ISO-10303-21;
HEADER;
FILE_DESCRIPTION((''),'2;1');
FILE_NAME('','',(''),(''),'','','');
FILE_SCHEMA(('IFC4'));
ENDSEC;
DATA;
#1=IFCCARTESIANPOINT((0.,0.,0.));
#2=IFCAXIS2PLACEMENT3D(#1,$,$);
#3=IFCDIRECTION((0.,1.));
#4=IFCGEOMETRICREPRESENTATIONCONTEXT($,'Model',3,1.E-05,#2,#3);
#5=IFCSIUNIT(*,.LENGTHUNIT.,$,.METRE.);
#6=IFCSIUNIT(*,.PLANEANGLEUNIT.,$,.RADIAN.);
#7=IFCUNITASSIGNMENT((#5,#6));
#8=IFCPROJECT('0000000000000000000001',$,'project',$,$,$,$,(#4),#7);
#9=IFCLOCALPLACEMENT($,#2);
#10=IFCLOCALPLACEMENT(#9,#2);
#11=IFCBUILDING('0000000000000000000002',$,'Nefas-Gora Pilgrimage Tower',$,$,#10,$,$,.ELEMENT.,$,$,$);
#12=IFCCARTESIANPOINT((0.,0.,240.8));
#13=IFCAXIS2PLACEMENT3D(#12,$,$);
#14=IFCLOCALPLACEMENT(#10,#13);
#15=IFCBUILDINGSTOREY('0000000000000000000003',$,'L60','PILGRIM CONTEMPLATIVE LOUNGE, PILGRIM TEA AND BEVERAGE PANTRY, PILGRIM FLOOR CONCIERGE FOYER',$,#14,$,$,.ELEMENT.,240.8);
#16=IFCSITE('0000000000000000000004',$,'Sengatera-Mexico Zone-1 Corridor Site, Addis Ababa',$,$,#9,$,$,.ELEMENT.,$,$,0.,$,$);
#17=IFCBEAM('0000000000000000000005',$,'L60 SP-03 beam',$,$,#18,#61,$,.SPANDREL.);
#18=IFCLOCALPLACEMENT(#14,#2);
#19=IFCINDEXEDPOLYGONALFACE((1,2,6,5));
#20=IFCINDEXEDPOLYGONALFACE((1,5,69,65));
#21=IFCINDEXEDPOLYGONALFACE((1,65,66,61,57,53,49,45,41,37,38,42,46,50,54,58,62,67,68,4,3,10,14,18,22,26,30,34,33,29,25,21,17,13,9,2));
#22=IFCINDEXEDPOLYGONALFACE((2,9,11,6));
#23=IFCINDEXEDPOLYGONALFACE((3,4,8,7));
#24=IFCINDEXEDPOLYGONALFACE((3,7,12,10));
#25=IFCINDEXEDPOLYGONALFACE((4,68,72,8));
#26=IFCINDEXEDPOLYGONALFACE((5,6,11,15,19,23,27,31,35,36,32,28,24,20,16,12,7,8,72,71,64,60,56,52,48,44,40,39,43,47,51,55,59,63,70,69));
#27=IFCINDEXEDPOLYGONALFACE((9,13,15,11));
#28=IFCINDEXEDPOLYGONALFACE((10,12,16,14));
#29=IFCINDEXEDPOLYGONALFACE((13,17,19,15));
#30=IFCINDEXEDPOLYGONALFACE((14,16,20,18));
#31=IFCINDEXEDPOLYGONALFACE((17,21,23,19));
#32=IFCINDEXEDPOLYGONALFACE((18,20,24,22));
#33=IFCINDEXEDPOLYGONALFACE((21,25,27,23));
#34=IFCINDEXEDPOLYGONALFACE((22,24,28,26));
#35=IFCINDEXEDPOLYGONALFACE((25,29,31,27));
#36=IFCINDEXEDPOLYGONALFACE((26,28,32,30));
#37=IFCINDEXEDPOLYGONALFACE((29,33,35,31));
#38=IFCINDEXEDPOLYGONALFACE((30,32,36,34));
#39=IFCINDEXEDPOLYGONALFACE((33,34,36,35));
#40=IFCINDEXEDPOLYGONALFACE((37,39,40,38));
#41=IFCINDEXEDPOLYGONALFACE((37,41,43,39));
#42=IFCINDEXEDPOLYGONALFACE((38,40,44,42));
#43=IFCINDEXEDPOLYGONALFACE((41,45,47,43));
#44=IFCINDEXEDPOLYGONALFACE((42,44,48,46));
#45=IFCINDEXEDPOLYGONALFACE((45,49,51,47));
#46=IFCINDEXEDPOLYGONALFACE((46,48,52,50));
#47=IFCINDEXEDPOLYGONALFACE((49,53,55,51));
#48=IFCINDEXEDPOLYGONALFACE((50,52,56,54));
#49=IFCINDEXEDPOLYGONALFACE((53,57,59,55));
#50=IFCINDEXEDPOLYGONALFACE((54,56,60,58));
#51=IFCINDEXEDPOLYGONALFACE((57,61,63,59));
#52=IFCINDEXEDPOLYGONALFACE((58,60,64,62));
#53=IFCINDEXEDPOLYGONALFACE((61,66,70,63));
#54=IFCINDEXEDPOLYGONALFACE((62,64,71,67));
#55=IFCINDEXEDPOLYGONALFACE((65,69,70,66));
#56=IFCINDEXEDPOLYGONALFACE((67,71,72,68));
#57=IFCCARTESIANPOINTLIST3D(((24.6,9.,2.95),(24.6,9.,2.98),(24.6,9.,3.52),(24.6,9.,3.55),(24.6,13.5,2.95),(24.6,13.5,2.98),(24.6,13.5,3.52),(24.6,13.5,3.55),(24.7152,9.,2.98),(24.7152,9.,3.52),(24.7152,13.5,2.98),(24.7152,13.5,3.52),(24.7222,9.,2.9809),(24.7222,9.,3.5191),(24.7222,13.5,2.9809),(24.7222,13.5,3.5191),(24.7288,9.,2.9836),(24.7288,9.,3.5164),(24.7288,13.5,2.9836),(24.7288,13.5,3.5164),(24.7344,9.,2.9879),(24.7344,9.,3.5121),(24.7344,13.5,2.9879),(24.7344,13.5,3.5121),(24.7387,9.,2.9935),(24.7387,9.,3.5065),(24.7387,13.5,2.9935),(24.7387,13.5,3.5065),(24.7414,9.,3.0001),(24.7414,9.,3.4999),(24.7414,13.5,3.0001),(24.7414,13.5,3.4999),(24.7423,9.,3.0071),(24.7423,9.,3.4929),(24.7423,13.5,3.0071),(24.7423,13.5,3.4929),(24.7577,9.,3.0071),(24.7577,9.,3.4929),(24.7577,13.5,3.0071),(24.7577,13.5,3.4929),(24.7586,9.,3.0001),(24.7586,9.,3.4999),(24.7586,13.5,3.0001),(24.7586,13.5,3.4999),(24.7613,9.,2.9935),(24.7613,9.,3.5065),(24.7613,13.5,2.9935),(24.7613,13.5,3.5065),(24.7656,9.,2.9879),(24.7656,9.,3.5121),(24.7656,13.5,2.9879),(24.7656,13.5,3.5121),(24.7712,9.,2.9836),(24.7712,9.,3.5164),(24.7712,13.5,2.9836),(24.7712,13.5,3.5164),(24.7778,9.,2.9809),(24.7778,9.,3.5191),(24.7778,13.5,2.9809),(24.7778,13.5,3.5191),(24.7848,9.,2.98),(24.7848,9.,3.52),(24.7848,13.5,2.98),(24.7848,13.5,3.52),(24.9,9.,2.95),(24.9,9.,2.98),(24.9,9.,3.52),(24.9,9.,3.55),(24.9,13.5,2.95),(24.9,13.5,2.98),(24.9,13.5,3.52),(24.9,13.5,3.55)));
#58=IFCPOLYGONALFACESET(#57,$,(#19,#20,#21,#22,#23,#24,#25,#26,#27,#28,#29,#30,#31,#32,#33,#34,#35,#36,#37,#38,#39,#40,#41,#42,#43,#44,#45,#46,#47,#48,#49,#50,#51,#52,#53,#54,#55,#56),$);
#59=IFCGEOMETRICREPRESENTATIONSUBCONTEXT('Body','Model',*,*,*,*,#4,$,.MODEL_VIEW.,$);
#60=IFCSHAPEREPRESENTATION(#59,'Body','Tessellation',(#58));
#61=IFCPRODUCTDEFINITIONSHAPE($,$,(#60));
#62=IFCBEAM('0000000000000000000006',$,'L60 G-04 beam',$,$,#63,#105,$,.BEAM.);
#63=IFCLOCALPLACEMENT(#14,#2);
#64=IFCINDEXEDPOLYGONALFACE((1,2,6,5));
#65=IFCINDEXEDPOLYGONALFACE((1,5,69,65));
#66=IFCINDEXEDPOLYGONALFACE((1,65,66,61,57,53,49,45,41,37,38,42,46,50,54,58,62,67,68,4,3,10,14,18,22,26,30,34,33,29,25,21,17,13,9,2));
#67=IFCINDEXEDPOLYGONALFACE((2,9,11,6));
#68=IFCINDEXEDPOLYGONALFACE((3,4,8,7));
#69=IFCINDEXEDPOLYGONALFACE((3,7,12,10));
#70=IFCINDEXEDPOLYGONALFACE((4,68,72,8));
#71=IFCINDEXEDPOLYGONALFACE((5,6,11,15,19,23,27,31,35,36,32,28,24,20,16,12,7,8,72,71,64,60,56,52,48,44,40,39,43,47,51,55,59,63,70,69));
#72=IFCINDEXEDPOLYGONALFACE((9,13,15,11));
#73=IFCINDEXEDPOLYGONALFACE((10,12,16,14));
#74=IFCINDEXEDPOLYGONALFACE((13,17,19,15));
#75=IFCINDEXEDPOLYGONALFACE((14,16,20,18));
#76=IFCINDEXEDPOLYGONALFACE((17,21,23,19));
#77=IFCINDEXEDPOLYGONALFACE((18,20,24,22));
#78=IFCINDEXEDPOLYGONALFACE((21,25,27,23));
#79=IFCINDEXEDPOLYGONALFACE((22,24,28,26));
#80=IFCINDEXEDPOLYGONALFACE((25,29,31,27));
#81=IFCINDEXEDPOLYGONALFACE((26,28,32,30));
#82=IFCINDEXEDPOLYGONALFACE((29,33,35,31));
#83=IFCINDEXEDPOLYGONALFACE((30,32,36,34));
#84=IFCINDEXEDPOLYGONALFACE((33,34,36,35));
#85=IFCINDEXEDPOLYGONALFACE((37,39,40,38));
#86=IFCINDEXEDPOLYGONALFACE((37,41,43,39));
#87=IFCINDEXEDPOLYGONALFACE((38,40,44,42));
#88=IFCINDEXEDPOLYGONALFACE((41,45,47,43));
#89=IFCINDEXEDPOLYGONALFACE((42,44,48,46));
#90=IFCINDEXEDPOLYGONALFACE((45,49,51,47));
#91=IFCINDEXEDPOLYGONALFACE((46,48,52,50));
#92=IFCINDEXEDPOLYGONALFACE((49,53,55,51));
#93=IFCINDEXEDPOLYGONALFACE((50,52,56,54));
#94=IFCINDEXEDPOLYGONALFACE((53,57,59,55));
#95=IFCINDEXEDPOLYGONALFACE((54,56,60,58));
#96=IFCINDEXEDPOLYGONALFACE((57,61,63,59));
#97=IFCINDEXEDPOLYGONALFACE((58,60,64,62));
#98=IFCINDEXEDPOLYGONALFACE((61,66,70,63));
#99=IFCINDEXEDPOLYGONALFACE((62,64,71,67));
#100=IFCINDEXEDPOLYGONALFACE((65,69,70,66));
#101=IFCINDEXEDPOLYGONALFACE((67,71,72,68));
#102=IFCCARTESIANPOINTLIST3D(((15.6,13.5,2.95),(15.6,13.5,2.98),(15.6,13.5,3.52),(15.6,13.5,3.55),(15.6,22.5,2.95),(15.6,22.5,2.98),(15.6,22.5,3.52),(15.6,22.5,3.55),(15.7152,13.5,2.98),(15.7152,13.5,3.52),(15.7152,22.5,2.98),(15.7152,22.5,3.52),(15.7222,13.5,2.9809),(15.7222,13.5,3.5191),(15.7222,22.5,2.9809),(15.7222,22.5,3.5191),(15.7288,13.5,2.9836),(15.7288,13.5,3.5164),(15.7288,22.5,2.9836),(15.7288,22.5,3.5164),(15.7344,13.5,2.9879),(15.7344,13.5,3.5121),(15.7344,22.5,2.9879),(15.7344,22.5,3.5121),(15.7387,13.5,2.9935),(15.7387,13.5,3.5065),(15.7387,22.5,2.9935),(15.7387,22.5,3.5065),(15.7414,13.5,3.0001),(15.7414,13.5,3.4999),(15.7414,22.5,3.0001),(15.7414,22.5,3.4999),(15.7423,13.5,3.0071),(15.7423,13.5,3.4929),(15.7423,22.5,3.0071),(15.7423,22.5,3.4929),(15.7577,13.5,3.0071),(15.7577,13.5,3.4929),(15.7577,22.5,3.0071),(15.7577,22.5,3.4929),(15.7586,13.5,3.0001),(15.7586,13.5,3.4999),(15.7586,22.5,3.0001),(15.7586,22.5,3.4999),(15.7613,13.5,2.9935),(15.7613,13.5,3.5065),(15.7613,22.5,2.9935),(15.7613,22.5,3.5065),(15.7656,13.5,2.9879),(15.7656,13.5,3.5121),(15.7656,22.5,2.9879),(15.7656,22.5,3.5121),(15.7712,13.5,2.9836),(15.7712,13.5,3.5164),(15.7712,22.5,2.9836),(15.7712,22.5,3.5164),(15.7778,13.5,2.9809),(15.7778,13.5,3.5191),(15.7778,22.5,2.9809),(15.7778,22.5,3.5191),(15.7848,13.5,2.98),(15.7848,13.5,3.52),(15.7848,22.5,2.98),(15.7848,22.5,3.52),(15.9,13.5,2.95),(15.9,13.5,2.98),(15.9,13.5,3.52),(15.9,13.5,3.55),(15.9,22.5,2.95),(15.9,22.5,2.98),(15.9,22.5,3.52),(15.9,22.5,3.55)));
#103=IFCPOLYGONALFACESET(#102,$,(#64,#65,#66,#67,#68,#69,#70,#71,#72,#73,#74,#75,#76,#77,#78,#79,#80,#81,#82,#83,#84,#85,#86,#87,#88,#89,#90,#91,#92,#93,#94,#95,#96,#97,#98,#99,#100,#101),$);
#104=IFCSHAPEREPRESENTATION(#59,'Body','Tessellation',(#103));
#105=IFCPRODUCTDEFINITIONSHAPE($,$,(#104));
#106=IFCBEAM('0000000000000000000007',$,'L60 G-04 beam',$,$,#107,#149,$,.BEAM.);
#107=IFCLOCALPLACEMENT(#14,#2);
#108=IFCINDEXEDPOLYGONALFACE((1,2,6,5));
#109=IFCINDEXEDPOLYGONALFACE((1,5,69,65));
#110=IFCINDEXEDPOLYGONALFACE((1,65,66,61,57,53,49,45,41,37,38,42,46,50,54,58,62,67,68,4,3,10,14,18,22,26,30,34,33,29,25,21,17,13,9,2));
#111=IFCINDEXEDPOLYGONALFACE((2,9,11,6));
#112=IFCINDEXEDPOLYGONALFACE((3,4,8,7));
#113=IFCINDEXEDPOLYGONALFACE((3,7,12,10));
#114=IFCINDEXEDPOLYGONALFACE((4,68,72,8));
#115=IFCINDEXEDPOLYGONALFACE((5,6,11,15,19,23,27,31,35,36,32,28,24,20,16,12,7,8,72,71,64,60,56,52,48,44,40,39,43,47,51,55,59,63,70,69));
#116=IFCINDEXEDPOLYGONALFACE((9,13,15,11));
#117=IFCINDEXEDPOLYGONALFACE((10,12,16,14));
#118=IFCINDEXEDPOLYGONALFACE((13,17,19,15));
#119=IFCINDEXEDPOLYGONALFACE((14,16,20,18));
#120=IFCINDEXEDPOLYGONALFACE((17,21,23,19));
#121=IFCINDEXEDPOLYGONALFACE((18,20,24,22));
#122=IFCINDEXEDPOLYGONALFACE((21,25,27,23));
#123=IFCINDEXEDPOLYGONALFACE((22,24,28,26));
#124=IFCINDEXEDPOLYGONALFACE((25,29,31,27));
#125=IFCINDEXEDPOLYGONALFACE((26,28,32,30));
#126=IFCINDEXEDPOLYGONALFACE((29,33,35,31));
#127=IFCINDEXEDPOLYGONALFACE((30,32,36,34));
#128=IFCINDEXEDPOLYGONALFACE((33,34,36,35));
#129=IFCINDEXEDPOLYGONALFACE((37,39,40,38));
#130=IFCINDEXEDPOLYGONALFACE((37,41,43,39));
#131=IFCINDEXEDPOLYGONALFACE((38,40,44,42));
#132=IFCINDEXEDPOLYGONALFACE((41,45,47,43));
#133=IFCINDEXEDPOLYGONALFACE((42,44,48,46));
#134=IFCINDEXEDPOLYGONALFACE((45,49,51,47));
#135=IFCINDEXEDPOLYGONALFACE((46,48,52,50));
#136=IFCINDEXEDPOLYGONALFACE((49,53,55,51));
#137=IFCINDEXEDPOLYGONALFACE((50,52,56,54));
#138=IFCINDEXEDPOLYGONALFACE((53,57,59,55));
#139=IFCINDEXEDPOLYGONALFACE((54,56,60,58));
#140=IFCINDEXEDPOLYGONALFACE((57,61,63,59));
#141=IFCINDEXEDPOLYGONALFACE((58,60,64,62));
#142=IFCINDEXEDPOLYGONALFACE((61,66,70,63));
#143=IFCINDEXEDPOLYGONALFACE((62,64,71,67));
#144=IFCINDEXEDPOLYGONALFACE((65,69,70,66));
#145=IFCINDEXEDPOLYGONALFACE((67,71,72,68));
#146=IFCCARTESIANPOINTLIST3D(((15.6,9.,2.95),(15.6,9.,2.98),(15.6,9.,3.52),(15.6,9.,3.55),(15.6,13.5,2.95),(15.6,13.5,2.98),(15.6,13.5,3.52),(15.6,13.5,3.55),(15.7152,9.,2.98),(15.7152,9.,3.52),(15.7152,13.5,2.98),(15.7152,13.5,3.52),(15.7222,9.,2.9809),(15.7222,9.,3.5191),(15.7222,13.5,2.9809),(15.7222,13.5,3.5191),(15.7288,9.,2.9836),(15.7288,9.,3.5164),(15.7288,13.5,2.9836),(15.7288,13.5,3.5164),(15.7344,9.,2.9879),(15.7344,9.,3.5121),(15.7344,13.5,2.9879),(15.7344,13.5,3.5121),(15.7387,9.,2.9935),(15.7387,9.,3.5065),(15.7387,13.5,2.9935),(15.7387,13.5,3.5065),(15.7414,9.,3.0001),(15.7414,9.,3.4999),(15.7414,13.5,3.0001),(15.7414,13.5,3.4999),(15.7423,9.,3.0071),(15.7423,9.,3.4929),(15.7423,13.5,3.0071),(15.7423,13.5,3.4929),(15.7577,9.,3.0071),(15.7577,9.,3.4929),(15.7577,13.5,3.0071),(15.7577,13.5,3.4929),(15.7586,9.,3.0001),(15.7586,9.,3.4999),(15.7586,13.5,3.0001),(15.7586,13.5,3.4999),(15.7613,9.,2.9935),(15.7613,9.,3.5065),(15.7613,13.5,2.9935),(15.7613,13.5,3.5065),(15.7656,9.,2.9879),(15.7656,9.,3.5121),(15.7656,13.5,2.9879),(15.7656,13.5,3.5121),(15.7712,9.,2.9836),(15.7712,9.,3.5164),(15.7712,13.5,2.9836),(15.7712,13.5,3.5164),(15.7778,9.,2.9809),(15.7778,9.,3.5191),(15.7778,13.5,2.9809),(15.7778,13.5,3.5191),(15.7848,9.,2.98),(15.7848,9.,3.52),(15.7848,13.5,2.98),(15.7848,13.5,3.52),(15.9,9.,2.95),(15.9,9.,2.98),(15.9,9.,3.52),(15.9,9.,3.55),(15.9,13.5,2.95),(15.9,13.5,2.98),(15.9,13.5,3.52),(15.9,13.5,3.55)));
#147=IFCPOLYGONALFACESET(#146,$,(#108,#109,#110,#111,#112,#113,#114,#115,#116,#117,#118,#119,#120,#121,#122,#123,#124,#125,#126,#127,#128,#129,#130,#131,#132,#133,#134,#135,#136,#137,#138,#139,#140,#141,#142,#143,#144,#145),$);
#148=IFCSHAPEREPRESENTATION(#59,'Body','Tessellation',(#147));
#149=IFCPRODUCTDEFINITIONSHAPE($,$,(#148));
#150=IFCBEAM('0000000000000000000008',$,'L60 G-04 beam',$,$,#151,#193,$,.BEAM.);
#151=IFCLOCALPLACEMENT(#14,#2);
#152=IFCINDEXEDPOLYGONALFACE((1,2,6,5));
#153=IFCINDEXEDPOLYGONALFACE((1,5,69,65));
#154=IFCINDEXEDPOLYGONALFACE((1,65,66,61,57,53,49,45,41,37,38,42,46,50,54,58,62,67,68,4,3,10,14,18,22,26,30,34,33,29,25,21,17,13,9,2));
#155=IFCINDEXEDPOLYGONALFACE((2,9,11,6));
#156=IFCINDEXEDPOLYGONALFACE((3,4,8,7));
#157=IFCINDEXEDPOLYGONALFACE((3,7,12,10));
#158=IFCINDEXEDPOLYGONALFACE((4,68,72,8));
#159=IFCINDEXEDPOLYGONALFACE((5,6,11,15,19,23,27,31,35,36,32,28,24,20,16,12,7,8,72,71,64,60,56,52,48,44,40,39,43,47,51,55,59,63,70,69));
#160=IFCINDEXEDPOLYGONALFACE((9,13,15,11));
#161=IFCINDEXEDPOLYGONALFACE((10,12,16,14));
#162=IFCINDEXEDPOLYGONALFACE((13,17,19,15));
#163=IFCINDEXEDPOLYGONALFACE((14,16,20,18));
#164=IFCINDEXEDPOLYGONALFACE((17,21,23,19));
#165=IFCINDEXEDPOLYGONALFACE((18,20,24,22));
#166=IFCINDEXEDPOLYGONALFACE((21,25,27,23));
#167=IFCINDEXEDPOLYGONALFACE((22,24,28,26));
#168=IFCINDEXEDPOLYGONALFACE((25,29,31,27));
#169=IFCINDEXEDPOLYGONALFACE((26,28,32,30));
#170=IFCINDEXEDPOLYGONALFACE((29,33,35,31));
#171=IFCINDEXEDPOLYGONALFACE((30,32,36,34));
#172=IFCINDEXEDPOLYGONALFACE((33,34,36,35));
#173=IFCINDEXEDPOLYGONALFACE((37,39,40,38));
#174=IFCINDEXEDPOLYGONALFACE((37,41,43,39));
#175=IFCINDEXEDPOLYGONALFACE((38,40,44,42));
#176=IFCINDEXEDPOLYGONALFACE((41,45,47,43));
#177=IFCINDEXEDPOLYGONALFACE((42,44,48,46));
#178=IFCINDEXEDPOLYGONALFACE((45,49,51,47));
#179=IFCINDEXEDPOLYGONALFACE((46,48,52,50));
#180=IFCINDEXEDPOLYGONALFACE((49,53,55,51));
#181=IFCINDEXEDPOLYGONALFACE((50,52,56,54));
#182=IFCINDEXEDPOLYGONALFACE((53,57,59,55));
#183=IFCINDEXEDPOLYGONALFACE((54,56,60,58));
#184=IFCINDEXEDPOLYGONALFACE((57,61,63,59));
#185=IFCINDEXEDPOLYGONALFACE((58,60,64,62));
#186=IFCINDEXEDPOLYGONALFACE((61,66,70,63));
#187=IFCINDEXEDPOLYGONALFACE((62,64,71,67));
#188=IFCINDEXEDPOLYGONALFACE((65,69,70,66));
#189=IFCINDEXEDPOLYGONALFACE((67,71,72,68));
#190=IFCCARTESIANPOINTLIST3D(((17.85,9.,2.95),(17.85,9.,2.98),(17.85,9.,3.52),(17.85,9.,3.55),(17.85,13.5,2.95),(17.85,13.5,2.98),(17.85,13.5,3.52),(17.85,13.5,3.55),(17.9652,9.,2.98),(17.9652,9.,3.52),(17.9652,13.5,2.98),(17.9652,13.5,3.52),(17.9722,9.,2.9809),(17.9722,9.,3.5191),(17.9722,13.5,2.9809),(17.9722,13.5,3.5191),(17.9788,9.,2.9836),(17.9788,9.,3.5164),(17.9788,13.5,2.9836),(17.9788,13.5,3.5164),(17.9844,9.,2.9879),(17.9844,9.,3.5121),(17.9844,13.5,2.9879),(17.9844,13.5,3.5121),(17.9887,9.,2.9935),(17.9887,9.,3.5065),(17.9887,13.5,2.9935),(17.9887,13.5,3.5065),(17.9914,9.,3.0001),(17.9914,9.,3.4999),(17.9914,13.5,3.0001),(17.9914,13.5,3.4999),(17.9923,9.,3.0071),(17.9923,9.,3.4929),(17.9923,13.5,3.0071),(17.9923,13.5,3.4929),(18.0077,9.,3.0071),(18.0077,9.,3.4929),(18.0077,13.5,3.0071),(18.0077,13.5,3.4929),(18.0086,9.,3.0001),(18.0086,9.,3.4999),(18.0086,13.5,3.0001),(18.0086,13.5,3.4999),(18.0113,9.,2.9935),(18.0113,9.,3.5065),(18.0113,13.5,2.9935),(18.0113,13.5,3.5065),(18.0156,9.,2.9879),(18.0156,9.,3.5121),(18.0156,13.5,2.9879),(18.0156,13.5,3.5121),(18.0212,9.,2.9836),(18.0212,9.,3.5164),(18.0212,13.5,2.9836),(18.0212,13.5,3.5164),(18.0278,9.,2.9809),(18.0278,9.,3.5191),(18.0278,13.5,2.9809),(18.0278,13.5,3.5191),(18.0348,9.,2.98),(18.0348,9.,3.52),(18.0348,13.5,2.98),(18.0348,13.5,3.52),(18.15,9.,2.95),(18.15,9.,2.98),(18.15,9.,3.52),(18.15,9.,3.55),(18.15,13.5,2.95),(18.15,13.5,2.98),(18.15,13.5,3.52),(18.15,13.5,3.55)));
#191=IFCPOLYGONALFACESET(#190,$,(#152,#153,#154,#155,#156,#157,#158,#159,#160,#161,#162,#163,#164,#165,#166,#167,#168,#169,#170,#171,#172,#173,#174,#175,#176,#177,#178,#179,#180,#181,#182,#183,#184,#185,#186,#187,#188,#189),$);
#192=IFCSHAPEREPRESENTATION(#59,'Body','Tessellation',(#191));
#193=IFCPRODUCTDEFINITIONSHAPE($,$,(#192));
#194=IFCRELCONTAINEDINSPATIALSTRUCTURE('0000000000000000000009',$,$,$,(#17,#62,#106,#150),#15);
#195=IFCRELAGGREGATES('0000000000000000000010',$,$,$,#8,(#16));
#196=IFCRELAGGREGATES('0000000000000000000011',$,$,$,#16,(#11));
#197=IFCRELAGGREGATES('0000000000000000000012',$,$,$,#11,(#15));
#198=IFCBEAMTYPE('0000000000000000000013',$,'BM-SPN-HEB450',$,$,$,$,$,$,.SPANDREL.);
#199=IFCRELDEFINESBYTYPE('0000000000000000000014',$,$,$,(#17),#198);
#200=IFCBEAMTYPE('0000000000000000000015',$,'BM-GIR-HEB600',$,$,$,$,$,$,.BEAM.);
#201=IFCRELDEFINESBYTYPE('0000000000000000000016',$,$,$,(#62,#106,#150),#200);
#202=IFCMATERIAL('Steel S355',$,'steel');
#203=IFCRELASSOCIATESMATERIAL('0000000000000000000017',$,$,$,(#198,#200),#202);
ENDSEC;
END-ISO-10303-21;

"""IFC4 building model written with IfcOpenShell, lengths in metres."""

from ifc_helpers import new_model, si_unit, direction, frame, origin, origin_2d, place, context, subcontext, project, spatial, i_section, extrude, source, transform, mapped, material, material_profile, profile_set, type_object, element, save


model = new_model("IFC4")

# Units and contexts
model_context = context("Model", 3, precision=1e-05, world=origin(), true_north=direction((0.0, 1.0)))
body_context = subcontext(model_context, "Body", "Model", "MODEL_VIEW")
ifc_project = project(units=[si_unit("LENGTHUNIT", "METRE"), si_unit("PLANEANGLEUNIT", "RADIAN")], contexts=[model_context])

# Site, building, storey
site_placement = place(None, origin())
site = spatial("IfcSite", under=ifc_project, at=site_placement, Name="Sengatera-Mexico Zone-1 Corridor Site, Addis Ababa", CompositionType="ELEMENT", RefElevation=0.0)
building_placement = place(site_placement, origin())
building = spatial("IfcBuilding", under=site, at=building_placement, Name="Nefas-Gora Pilgrimage Tower", CompositionType="ELEMENT")
storey_placement = place(building_placement, frame((0.0, 0.0, 240.8)))
storey = spatial("IfcBuildingStorey", under=building, at=storey_placement, Name="L60", Description="PILGRIM CONTEMPLATIVE LOUNGE, PILGRIM TEA AND BEVERAGE PANTRY, PILGRIM FLOOR CONCIERGE FOYER", CompositionType="ELEMENT", Elevation=240.8)

# Beams
ifc_material_1 = material(Name="Steel S355", Category="steel")
ifc_material_profile_1 = material_profile(ifc_material_1, i_section(OverallWidth=0.3, OverallDepth=0.6001, WebThickness=0.0154, FlangeThickness=0.03, FilletRadius=0.0271, at=origin_2d()), Name="HEB 600")
ifc_profile_set_1 = profile_set([ifc_material_profile_1], Name="Steel S355")
beam_type_1 = type_object("IfcBeamType", Name="BM-SPN-HEB450", PredefinedType="SPANDREL", material=ifc_profile_set_1)
shared_shape_1 = source(origin(), body_context, "Body", "SweptSolid", [
    extrude(i_section(OverallWidth=0.3, OverallDepth=0.6001, WebThickness=0.0154, FlangeThickness=0.03, FilletRadius=0.0271, at=origin_2d()), origin(), (0.0, 0.0, 1.0), 4.5),
])
beam_1_placement = place(storey_placement, frame((24.75, 9.0, 3.25), z_axis=(0.0, 1.0, 0.0), x_axis=(-1.0, 0.0, 0.0)))
element("IfcBeam", 1, at=beam_1_placement, inside=storey, type_object=beam_type_1, Name="L60 SP-03 beam", PredefinedType="SPANDREL", context=body_context, shape_type="MappedRepresentation", body=[
    mapped(shared_shape_1, transform((0.0, 0.0, 0.0), x_axis=(1.0, 0.0, 0.0), y_axis=(0.0, 1.0, 0.0), z_axis=(0.0, 0.0, 1.0), scale=1.0)),
])
ifc_material_profile_2 = material_profile(ifc_material_1, i_section(OverallWidth=0.3, OverallDepth=0.6001, WebThickness=0.0154, FlangeThickness=0.03, FilletRadius=0.0271, at=origin_2d()), Name="HEB 600")
ifc_profile_set_2 = profile_set([ifc_material_profile_2], Name="Steel S355")
beam_type_2 = type_object("IfcBeamType", Name="BM-GIR-HEB600", PredefinedType="BEAM", material=ifc_profile_set_2)
shared_shape_2 = source(origin(), body_context, "Body", "SweptSolid", [
    extrude(i_section(OverallWidth=0.3, OverallDepth=0.6001, WebThickness=0.0154, FlangeThickness=0.03, FilletRadius=0.0271, at=origin_2d()), origin(), (0.0, 0.0, 1.0), 9.0),
])
beam_2_placement = place(storey_placement, frame((15.75, 13.5, 3.25), z_axis=(0.0, 1.0, 0.0), x_axis=(-1.0, 0.0, 0.0)))
element("IfcBeam", 2, at=beam_2_placement, inside=storey, type_object=beam_type_2, Name="L60 G-04 beam", PredefinedType="BEAM", context=body_context, shape_type="MappedRepresentation", body=[
    mapped(shared_shape_2, transform((0.0, 0.0, 0.0), x_axis=(1.0, 0.0, 0.0), y_axis=(0.0, 1.0, 0.0), z_axis=(0.0, 0.0, 1.0), scale=1.0)),
])
shared_shape_3 = source(origin(), body_context, "Body", "SweptSolid", [
    extrude(i_section(OverallWidth=0.3, OverallDepth=0.6001, WebThickness=0.0154, FlangeThickness=0.03, FilletRadius=0.0271, at=origin_2d()), origin(), (0.0, 0.0, 1.0), 4.5),
])
for number, where, z_axis, x_axis, name in (
    (3, (15.75, 9.0, 3.25), (0.0, 1.0, 0.0), (-1.0, 0.0, 0.0), "L60 G-04 beam"),
    (4, (18.0, 9.0, 3.25), (0.0, 1.0, 0.0), (-1.0, 0.0, 0.0), "L60 G-04 beam"),
):
    element("IfcBeam", number, at=place(storey_placement, frame(where, z_axis=z_axis, x_axis=x_axis)), inside=storey, type_object=beam_type_2, Name=name, PredefinedType="BEAM", context=body_context, shape_type="MappedRepresentation", body=[
        mapped(shared_shape_3, transform((0.0, 0.0, 0.0), x_axis=(1.0, 0.0, 0.0), y_axis=(0.0, 1.0, 0.0), z_axis=(0.0, 0.0, 1.0), scale=1.0)),
    ])

save(model, "model.ifc")
